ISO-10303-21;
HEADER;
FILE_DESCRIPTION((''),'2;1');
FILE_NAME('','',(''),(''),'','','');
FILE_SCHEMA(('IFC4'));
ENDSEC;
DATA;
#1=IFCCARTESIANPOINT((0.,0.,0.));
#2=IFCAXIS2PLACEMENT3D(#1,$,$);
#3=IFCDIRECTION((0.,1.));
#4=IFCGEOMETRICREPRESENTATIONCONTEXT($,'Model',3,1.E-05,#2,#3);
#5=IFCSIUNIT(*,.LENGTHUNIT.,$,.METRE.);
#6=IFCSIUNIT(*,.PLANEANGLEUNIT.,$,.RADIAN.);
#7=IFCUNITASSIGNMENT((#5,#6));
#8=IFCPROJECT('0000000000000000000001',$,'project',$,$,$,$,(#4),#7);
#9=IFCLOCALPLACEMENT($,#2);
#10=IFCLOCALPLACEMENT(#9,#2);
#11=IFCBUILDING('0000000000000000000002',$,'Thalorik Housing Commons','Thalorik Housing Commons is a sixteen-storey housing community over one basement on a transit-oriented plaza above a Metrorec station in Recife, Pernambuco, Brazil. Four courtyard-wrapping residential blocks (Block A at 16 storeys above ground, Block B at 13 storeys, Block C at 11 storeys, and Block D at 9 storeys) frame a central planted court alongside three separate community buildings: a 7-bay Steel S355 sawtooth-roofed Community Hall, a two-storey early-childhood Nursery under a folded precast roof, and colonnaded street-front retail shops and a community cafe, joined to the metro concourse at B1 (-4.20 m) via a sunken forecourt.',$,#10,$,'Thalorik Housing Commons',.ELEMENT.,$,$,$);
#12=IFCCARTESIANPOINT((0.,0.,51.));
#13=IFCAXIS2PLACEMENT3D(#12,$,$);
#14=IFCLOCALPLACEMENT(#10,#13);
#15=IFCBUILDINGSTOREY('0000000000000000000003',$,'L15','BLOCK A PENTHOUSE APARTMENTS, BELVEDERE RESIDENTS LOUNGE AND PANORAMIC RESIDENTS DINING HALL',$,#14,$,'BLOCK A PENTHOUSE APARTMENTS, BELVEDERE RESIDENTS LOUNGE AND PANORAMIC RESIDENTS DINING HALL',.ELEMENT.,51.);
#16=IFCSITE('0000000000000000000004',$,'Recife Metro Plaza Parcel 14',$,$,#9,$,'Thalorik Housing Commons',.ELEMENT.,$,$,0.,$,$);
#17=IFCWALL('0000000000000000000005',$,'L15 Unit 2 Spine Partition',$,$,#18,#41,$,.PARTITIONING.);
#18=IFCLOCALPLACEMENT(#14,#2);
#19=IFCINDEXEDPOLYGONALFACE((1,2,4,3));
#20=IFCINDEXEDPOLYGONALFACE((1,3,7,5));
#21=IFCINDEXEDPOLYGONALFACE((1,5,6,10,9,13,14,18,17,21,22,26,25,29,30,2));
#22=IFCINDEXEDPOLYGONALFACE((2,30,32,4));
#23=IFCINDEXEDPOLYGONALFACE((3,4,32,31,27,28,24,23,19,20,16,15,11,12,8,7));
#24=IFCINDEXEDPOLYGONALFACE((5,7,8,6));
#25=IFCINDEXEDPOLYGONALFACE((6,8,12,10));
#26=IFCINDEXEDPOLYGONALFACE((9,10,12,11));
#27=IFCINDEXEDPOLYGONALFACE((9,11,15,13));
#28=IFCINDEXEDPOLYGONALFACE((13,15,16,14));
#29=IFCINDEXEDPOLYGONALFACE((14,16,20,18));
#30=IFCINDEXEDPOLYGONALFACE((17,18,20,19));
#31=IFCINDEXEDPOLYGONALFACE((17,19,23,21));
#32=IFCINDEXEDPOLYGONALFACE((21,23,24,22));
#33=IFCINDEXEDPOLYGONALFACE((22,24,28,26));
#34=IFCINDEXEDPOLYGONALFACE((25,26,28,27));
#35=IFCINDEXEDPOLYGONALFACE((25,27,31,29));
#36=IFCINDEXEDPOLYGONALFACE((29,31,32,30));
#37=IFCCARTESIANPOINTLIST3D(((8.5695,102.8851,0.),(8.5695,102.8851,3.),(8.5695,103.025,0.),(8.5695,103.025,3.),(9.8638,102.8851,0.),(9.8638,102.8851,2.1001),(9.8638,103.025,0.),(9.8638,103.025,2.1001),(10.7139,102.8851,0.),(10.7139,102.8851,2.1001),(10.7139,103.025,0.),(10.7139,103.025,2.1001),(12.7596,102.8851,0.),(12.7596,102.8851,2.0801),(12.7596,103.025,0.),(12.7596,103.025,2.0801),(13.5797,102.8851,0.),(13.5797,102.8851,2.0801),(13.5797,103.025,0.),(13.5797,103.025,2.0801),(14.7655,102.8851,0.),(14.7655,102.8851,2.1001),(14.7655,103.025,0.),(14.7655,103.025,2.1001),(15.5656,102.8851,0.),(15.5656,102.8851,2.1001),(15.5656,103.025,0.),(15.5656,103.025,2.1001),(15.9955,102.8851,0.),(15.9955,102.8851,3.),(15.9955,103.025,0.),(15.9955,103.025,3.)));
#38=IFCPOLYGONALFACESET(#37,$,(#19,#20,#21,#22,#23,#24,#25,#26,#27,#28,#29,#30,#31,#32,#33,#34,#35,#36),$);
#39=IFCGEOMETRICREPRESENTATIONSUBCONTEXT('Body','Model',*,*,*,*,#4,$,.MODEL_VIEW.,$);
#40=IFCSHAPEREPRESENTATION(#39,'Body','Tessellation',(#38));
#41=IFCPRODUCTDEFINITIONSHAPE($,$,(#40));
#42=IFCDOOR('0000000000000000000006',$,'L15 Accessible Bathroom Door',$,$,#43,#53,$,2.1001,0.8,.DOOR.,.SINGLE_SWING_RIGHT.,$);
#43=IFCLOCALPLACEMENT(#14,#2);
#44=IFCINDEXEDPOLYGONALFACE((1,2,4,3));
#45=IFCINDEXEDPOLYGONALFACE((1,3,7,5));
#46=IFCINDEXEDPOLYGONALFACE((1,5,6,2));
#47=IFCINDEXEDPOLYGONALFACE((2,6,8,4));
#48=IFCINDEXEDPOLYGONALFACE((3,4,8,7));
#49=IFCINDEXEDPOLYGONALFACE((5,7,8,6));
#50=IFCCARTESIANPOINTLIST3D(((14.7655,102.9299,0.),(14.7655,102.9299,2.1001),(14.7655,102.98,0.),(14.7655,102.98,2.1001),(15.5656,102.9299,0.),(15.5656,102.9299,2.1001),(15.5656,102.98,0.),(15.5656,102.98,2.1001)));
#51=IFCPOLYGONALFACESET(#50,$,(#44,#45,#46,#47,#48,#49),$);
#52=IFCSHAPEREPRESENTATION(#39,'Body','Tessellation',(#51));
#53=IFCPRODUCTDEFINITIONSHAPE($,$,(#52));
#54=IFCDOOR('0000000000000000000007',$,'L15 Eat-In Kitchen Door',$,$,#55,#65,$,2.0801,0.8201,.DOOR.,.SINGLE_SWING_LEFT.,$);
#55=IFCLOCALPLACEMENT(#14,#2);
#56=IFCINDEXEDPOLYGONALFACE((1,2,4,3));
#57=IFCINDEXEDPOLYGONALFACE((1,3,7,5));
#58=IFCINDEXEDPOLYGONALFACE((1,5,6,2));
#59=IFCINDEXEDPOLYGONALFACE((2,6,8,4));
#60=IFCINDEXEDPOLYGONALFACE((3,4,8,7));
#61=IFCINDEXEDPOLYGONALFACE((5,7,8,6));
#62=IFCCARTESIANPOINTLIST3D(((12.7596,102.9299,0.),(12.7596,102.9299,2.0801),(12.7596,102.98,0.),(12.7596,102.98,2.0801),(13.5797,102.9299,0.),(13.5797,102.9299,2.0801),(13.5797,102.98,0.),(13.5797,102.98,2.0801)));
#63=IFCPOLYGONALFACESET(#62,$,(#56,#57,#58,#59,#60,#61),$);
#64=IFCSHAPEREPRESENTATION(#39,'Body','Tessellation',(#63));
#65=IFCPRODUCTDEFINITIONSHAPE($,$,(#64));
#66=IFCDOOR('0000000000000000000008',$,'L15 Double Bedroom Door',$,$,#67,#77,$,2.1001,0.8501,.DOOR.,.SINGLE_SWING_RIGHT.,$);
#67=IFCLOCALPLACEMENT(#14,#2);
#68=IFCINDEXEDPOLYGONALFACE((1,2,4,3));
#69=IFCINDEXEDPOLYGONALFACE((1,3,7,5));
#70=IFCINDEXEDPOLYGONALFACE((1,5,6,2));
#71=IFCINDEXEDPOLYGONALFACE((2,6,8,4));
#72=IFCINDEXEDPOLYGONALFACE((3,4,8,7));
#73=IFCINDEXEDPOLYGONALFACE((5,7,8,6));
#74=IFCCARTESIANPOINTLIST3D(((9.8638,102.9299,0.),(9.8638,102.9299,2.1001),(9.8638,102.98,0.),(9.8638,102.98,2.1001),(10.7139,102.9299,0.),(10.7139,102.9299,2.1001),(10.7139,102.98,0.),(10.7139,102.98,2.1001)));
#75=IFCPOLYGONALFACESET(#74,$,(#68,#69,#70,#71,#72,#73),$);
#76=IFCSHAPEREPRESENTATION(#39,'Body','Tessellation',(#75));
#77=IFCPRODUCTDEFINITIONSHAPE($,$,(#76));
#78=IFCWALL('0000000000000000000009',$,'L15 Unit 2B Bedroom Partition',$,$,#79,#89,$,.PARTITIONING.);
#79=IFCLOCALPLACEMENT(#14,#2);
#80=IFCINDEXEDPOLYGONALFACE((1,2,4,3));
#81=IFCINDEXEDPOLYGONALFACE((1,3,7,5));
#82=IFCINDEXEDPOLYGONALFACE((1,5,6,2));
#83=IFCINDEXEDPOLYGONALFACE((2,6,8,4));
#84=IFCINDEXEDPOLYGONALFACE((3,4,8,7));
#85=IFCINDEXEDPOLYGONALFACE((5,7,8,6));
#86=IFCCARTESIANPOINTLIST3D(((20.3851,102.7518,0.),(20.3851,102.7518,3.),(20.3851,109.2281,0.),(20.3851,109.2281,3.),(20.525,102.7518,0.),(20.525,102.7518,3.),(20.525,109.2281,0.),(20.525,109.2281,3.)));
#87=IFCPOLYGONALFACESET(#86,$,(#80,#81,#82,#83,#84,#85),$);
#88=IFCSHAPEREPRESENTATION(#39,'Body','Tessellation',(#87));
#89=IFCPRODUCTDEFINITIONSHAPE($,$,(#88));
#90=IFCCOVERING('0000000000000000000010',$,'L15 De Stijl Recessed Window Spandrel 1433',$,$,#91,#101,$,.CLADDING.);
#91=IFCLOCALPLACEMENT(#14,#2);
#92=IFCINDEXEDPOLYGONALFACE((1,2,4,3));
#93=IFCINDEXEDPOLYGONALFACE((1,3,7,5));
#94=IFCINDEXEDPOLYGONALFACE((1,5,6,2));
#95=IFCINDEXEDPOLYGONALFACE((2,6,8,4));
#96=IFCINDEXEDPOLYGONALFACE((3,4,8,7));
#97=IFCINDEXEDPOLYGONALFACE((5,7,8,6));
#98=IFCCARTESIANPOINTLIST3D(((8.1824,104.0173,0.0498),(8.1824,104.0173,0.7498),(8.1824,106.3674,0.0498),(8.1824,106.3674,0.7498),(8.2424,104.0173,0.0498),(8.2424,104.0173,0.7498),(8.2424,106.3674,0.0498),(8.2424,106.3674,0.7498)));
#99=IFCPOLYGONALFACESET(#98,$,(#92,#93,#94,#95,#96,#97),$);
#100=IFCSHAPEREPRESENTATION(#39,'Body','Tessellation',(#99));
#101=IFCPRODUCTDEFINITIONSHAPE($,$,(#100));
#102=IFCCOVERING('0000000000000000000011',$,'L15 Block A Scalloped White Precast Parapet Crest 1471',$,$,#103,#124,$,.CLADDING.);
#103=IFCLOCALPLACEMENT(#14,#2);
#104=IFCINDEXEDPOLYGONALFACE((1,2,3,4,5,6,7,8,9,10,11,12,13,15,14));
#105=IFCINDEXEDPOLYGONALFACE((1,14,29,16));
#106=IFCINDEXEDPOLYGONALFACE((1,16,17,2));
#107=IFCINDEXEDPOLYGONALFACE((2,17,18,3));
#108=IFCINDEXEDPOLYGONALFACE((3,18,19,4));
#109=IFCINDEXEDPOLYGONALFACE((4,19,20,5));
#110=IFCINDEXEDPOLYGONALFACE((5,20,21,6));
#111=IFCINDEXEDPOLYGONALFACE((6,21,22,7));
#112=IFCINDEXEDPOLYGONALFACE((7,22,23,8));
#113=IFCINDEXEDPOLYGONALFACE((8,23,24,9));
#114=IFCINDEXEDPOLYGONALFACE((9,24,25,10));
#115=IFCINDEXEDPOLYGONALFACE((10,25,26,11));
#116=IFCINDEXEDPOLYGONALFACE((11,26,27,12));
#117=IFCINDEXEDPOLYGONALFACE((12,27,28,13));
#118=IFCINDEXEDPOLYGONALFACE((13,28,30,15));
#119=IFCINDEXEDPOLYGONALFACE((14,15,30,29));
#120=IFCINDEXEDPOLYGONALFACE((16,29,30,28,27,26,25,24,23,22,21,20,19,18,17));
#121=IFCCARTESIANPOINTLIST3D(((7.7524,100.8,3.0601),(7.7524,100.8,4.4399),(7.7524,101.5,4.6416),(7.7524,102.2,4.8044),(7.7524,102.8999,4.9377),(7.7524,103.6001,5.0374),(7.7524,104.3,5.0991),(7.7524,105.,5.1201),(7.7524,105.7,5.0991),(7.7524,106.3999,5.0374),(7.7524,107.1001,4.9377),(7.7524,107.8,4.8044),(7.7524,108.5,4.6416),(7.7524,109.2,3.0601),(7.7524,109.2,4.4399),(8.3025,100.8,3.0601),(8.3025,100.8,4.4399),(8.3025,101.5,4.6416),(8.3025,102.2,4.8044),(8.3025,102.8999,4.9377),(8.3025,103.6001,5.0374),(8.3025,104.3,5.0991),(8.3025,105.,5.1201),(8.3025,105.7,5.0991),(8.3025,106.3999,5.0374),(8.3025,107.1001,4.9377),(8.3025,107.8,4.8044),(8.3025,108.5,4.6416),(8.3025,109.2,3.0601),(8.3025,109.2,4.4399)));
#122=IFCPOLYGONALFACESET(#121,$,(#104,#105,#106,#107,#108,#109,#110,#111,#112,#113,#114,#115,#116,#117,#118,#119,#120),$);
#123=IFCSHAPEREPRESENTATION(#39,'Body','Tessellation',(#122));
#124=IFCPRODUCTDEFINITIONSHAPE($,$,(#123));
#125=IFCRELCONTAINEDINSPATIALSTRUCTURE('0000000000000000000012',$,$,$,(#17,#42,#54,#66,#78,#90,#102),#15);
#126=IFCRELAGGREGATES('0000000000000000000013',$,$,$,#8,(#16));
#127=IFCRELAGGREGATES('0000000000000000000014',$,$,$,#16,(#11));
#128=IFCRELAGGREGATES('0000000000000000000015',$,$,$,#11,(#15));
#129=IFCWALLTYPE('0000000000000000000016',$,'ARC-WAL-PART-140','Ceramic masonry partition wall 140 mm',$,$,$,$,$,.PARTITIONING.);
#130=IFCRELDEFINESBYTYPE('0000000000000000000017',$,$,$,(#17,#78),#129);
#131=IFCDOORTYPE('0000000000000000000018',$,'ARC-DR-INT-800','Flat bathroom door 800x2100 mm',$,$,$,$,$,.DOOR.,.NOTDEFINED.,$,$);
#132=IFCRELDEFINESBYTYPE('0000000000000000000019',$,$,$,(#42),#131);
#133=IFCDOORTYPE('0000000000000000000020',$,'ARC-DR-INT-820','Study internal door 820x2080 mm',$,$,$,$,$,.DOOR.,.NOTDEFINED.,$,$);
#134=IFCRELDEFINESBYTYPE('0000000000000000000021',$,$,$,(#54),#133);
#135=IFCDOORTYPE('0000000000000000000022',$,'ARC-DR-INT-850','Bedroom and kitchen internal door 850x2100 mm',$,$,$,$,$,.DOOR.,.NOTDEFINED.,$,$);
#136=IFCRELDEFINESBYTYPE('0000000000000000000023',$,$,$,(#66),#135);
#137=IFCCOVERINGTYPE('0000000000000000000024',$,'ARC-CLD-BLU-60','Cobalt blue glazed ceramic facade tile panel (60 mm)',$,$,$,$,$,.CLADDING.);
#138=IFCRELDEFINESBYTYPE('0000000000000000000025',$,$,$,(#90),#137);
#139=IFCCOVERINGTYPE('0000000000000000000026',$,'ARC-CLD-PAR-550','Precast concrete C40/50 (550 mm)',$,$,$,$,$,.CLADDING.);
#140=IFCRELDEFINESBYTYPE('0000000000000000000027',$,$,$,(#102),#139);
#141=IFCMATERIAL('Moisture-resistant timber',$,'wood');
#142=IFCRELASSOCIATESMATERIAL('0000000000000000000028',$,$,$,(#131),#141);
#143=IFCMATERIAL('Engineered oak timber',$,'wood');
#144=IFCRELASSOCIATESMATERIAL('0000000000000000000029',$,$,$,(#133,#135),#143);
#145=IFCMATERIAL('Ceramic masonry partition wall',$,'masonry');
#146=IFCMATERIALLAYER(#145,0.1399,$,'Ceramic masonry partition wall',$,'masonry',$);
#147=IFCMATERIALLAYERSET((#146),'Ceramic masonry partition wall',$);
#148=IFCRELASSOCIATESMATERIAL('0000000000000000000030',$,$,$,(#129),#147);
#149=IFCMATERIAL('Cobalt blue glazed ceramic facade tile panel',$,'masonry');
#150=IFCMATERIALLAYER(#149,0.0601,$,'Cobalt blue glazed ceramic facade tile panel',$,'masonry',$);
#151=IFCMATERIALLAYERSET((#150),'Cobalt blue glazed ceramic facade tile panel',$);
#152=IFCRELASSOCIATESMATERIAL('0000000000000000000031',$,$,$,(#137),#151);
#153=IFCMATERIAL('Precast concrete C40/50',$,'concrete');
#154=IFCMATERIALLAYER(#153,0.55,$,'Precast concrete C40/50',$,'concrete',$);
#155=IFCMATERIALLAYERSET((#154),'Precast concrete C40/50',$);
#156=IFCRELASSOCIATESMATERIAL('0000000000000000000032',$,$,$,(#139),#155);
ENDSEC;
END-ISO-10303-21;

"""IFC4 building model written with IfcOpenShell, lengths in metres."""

from ifc_helpers import new_model, si_unit, direction, frame, frame_2d, origin, origin_2d, place, context, subcontext, project, spatial, polyline, rectangle, outline, extrude, material, layer, layer_set, type_object, element, fill, save


model = new_model("IFC4")

# Units and contexts
model_context = context("Model", 3, precision=1e-05, world=origin(), true_north=direction((0.0, 1.0)))
body_context = subcontext(model_context, "Body", "Model", "MODEL_VIEW")
ifc_project = project(units=[si_unit("LENGTHUNIT", "METRE"), si_unit("PLANEANGLEUNIT", "RADIAN")], contexts=[model_context])

# Site, building, storey
site_placement = place(None, origin())
site = spatial("IfcSite", under=ifc_project, at=site_placement, Name="Recife Metro Plaza Parcel 14", LongName="Thalorik Housing Commons", CompositionType="ELEMENT", RefElevation=0.0)
building_placement = place(site_placement, origin())
building = spatial("IfcBuilding", under=site, at=building_placement, Name="Thalorik Housing Commons", Description="Thalorik Housing Commons is a sixteen-storey housing community over one basement on a transit-oriented plaza above a Metrorec station in Recife, Pernambuco, Brazil. Four courtyard-wrapping residential blocks (Block A at 16 storeys above ground, Block B at 13 storeys, Block C at 11 storeys, and Block D at 9 storeys) frame a central planted court alongside three separate community buildings: a 7-bay Steel S355 sawtooth-roofed Community Hall, a two-storey early-childhood Nursery under a folded precast roof, and colonnaded street-front retail shops and a community cafe, joined to the metro concourse at B1 (-4.20 m) via a sunken forecourt.", LongName="Thalorik Housing Commons", CompositionType="ELEMENT")
storey_placement = place(building_placement, frame((0.0, 0.0, 51.0)))
storey = spatial("IfcBuildingStorey", under=building, at=storey_placement, Name="L15", Description="BLOCK A PENTHOUSE APARTMENTS, BELVEDERE RESIDENTS LOUNGE AND PANORAMIC RESIDENTS DINING HALL", LongName="BLOCK A PENTHOUSE APARTMENTS, BELVEDERE RESIDENTS LOUNGE AND PANORAMIC RESIDENTS DINING HALL", CompositionType="ELEMENT", Elevation=51.0)

# Shared definitions
ifc_material_1 = material(Name="Precast concrete C40/50", Category="concrete")

# Shared definitions
ifc_material_2 = material(Name="Moisture-resistant timber", Category="wood")
door_type_1 = type_object("IfcDoorType", Name="ARC-DR-INT-800", Description="Flat bathroom door 800x2100 mm", OperationType="NOTDEFINED", PredefinedType="DOOR", material=ifc_material_2)
ifc_material_3 = material(Name="Engineered oak timber", Category="wood")
door_type_2 = type_object("IfcDoorType", Name="ARC-DR-INT-820", Description="Study internal door 820x2080 mm", OperationType="NOTDEFINED", PredefinedType="DOOR", material=ifc_material_3)
door_type_3 = type_object("IfcDoorType", Name="ARC-DR-INT-850", Description="Bedroom and kitchen internal door 850x2100 mm", OperationType="NOTDEFINED", PredefinedType="DOOR", material=ifc_material_3)

# Wall, openings, doors
ifc_material_4 = material(Name="Ceramic masonry partition wall", Category="masonry")
ifc_layer_1 = layer(ifc_material_4, 0.1399, Name="Ceramic masonry partition wall", Category="masonry")
ifc_layer_set_1 = layer_set([ifc_layer_1], Name="Ceramic masonry partition wall")
wall_type_1 = type_object("IfcWallType", Name="ARC-WAL-PART-140", Description="Ceramic masonry partition wall 140 mm", PredefinedType="PARTITIONING", material=ifc_layer_set_1)
wall_1_placement = place(storey_placement, frame((8.5696, 102.9551, 0.0), z_axis=(0.0, 0.0, 1.0), x_axis=(1.0, 0.0, 0.0)))
wall_1 = element("IfcWall", 1, at=wall_1_placement, inside=storey, type_object=wall_type_1, Name="L15 Unit 2 Spine Partition", PredefinedType="PARTITIONING", context=body_context, shape_type="SweptSolid", body=[
    extrude(rectangle(XDim=7.426, YDim=0.1399, at=frame_2d((3.7129, 0.0))), origin(), (0.0, 0.0, 1.0), 3.0),
])
opening_1_placement = place(wall_1_placement, frame((1.2942, 0.0, 0.0)))
opening_1 = element("IfcOpeningElement", 2, at=opening_1_placement, cuts=wall_1, PredefinedType="OPENING", context=body_context, shape_type="SweptSolid", body=[
    extrude(rectangle(XDim=0.8501, YDim=2.1001, at=frame_2d((0.425, 1.05))), frame((0.0, 0.0801, 0.0), z_axis=(0.0, -1.0, 0.0), x_axis=(1.0, 0.0, 0.0)), (0.0, 0.0, 1.0), 0.1599),
])
opening_2_placement = place(wall_1_placement, frame((4.1899, 0.0, 0.0)))
opening_2 = element("IfcOpeningElement", 3, at=opening_2_placement, cuts=wall_1, PredefinedType="OPENING", context=body_context, shape_type="SweptSolid", body=[
    extrude(rectangle(XDim=0.8201, YDim=2.0801, at=frame_2d((0.4102, 1.04))), frame((0.0, 0.0801, 0.0), z_axis=(0.0, -1.0, 0.0), x_axis=(1.0, 0.0, 0.0)), (0.0, 0.0, 1.0), 0.1599),
])
opening_3_placement = place(wall_1_placement, frame((6.196, 0.0, 0.0)))
opening_3 = element("IfcOpeningElement", 4, at=opening_3_placement, cuts=wall_1, PredefinedType="OPENING", context=body_context, shape_type="SweptSolid", body=[
    extrude(rectangle(XDim=0.8, YDim=2.1001, at=frame_2d((0.3999, 1.05))), frame((0.0, 0.0801, 0.0), z_axis=(0.0, -1.0, 0.0), x_axis=(1.0, 0.0, 0.0)), (0.0, 0.0, 1.0), 0.1599),
])
door_1_placement = place(opening_3_placement, origin())
door_1 = element("IfcDoor", 5, at=door_1_placement, inside=storey, type_object=door_type_1, Name="L15 Accessible Bathroom Door", OperationType="SINGLE_SWING_RIGHT", OverallHeight=2.1001, OverallWidth=0.8, PredefinedType="DOOR", context=body_context, shape_type="SweptSolid", body=[
    extrude(rectangle(XDim=0.8, YDim=2.1001, at=frame_2d((0.3999, 1.05))), frame((0.0, 0.0249, 0.0), z_axis=(0.0, -1.0, 0.0), x_axis=(1.0, 0.0, 0.0)), (0.0, 0.0, 1.0), 0.05),
])
fill(opening_3, door_1)
door_2_placement = place(opening_2_placement, origin())
door_2 = element("IfcDoor", 6, at=door_2_placement, inside=storey, type_object=door_type_2, Name="L15 Eat-In Kitchen Door", OperationType="SINGLE_SWING_LEFT", OverallHeight=2.0801, OverallWidth=0.8201, PredefinedType="DOOR", context=body_context, shape_type="SweptSolid", body=[
    extrude(rectangle(XDim=0.8201, YDim=2.0801, at=frame_2d((0.4102, 1.04))), frame((0.0, 0.0249, 0.0), z_axis=(0.0, -1.0, 0.0), x_axis=(1.0, 0.0, 0.0)), (0.0, 0.0, 1.0), 0.05),
])
fill(opening_2, door_2)
door_3_placement = place(opening_1_placement, origin())
door_3 = element("IfcDoor", 7, at=door_3_placement, inside=storey, type_object=door_type_3, Name="L15 Double Bedroom Door", OperationType="SINGLE_SWING_RIGHT", OverallHeight=2.1001, OverallWidth=0.8501, PredefinedType="DOOR", context=body_context, shape_type="SweptSolid", body=[
    extrude(rectangle(XDim=0.8501, YDim=2.1001, at=frame_2d((0.425, 1.05))), frame((0.0, 0.0249, 0.0), z_axis=(0.0, -1.0, 0.0), x_axis=(1.0, 0.0, 0.0)), (0.0, 0.0, 1.0), 0.05),
])
fill(opening_1, door_3)

# Wall
wall_2_placement = place(storey_placement, frame((20.4551, 102.7517, 0.0), z_axis=(0.0, 0.0, 1.0), x_axis=(0.0, 1.0, 0.0)))
element("IfcWall", 8, at=wall_2_placement, inside=storey, type_object=wall_type_1, Name="L15 Unit 2B Bedroom Partition", PredefinedType="PARTITIONING", context=body_context, shape_type="SweptSolid", body=[
    extrude(rectangle(XDim=6.4763, YDim=0.1399, at=frame_2d((3.2383, 0.0))), origin(), (0.0, 0.0, 1.0), 3.0),
])

# Coverings
ifc_material_5 = material(Name="Cobalt blue glazed ceramic facade tile panel", Category="masonry")
ifc_layer_2 = layer(ifc_material_5, 0.0601, Name="Cobalt blue glazed ceramic facade tile panel", Category="masonry")
ifc_layer_set_2 = layer_set([ifc_layer_2], Name="Cobalt blue glazed ceramic facade tile panel")
covering_type_1 = type_object("IfcCoveringType", Name="ARC-CLD-BLU-60", Description="Cobalt blue glazed ceramic facade tile panel (60 mm)", PredefinedType="CLADDING", material=ifc_layer_set_2)
covering_1_placement = place(storey_placement, frame((8.2124, 105.1924, 0.0498), z_axis=(0.0, 0.0, 1.0), x_axis=(0.0, -1.0, 0.0)))
element("IfcCovering", 9, at=covering_1_placement, inside=storey, type_object=covering_type_1, Name="L15 De Stijl Recessed Window Spandrel 1433", PredefinedType="CLADDING", context=body_context, shape_type="SweptSolid", body=[
    extrude(rectangle(XDim=2.3501, YDim=0.0601, at=origin_2d()), origin(), (0.0, 0.0, 1.0), 0.7),
])
ifc_layer_3 = layer(ifc_material_1, 0.55, Name="Precast concrete C40/50", Category="concrete")
ifc_layer_set_3 = layer_set([ifc_layer_3], Name="Precast concrete C40/50")
covering_type_2 = type_object("IfcCoveringType", Name="ARC-CLD-PAR-550", Description="Precast concrete C40/50 (550 mm)", PredefinedType="CLADDING", material=ifc_layer_set_3)
covering_2_placement = place(storey_placement, frame((8.0276, 105.0, 3.0601), z_axis=(0.0, 0.0, 1.0), x_axis=(0.0, -1.0, 0.0)))
element("IfcCovering", 10, at=covering_2_placement, inside=storey, type_object=covering_type_2, Name="L15 Block A Scalloped White Precast Parapet Crest 1471", PredefinedType="CLADDING", context=body_context, shape_type="SweptSolid", body=[
    extrude(outline(polyline([(-4.2, 0.0), (4.2, 0.0), (4.2, 1.3799), (3.5, 1.5815), (2.8, 1.7444), (2.1001, 1.8777), (1.3999, 1.9773), (0.7, 2.0391), (0.0, 2.0601), (-0.7, 2.0391), (-1.3999, 1.9773), (-2.1001, 1.8777), (-2.8, 1.7444), (-3.5, 1.5815), (-4.2, 1.3799), (-4.2, 0.0)])), frame((0.0, 0.2749, 0.0), z_axis=(0.0, -1.0, 0.0), x_axis=(1.0, 0.0, 0.0)), (0.0, 0.0, 1.0), 0.55),
])

save(model, "model.ifc")
